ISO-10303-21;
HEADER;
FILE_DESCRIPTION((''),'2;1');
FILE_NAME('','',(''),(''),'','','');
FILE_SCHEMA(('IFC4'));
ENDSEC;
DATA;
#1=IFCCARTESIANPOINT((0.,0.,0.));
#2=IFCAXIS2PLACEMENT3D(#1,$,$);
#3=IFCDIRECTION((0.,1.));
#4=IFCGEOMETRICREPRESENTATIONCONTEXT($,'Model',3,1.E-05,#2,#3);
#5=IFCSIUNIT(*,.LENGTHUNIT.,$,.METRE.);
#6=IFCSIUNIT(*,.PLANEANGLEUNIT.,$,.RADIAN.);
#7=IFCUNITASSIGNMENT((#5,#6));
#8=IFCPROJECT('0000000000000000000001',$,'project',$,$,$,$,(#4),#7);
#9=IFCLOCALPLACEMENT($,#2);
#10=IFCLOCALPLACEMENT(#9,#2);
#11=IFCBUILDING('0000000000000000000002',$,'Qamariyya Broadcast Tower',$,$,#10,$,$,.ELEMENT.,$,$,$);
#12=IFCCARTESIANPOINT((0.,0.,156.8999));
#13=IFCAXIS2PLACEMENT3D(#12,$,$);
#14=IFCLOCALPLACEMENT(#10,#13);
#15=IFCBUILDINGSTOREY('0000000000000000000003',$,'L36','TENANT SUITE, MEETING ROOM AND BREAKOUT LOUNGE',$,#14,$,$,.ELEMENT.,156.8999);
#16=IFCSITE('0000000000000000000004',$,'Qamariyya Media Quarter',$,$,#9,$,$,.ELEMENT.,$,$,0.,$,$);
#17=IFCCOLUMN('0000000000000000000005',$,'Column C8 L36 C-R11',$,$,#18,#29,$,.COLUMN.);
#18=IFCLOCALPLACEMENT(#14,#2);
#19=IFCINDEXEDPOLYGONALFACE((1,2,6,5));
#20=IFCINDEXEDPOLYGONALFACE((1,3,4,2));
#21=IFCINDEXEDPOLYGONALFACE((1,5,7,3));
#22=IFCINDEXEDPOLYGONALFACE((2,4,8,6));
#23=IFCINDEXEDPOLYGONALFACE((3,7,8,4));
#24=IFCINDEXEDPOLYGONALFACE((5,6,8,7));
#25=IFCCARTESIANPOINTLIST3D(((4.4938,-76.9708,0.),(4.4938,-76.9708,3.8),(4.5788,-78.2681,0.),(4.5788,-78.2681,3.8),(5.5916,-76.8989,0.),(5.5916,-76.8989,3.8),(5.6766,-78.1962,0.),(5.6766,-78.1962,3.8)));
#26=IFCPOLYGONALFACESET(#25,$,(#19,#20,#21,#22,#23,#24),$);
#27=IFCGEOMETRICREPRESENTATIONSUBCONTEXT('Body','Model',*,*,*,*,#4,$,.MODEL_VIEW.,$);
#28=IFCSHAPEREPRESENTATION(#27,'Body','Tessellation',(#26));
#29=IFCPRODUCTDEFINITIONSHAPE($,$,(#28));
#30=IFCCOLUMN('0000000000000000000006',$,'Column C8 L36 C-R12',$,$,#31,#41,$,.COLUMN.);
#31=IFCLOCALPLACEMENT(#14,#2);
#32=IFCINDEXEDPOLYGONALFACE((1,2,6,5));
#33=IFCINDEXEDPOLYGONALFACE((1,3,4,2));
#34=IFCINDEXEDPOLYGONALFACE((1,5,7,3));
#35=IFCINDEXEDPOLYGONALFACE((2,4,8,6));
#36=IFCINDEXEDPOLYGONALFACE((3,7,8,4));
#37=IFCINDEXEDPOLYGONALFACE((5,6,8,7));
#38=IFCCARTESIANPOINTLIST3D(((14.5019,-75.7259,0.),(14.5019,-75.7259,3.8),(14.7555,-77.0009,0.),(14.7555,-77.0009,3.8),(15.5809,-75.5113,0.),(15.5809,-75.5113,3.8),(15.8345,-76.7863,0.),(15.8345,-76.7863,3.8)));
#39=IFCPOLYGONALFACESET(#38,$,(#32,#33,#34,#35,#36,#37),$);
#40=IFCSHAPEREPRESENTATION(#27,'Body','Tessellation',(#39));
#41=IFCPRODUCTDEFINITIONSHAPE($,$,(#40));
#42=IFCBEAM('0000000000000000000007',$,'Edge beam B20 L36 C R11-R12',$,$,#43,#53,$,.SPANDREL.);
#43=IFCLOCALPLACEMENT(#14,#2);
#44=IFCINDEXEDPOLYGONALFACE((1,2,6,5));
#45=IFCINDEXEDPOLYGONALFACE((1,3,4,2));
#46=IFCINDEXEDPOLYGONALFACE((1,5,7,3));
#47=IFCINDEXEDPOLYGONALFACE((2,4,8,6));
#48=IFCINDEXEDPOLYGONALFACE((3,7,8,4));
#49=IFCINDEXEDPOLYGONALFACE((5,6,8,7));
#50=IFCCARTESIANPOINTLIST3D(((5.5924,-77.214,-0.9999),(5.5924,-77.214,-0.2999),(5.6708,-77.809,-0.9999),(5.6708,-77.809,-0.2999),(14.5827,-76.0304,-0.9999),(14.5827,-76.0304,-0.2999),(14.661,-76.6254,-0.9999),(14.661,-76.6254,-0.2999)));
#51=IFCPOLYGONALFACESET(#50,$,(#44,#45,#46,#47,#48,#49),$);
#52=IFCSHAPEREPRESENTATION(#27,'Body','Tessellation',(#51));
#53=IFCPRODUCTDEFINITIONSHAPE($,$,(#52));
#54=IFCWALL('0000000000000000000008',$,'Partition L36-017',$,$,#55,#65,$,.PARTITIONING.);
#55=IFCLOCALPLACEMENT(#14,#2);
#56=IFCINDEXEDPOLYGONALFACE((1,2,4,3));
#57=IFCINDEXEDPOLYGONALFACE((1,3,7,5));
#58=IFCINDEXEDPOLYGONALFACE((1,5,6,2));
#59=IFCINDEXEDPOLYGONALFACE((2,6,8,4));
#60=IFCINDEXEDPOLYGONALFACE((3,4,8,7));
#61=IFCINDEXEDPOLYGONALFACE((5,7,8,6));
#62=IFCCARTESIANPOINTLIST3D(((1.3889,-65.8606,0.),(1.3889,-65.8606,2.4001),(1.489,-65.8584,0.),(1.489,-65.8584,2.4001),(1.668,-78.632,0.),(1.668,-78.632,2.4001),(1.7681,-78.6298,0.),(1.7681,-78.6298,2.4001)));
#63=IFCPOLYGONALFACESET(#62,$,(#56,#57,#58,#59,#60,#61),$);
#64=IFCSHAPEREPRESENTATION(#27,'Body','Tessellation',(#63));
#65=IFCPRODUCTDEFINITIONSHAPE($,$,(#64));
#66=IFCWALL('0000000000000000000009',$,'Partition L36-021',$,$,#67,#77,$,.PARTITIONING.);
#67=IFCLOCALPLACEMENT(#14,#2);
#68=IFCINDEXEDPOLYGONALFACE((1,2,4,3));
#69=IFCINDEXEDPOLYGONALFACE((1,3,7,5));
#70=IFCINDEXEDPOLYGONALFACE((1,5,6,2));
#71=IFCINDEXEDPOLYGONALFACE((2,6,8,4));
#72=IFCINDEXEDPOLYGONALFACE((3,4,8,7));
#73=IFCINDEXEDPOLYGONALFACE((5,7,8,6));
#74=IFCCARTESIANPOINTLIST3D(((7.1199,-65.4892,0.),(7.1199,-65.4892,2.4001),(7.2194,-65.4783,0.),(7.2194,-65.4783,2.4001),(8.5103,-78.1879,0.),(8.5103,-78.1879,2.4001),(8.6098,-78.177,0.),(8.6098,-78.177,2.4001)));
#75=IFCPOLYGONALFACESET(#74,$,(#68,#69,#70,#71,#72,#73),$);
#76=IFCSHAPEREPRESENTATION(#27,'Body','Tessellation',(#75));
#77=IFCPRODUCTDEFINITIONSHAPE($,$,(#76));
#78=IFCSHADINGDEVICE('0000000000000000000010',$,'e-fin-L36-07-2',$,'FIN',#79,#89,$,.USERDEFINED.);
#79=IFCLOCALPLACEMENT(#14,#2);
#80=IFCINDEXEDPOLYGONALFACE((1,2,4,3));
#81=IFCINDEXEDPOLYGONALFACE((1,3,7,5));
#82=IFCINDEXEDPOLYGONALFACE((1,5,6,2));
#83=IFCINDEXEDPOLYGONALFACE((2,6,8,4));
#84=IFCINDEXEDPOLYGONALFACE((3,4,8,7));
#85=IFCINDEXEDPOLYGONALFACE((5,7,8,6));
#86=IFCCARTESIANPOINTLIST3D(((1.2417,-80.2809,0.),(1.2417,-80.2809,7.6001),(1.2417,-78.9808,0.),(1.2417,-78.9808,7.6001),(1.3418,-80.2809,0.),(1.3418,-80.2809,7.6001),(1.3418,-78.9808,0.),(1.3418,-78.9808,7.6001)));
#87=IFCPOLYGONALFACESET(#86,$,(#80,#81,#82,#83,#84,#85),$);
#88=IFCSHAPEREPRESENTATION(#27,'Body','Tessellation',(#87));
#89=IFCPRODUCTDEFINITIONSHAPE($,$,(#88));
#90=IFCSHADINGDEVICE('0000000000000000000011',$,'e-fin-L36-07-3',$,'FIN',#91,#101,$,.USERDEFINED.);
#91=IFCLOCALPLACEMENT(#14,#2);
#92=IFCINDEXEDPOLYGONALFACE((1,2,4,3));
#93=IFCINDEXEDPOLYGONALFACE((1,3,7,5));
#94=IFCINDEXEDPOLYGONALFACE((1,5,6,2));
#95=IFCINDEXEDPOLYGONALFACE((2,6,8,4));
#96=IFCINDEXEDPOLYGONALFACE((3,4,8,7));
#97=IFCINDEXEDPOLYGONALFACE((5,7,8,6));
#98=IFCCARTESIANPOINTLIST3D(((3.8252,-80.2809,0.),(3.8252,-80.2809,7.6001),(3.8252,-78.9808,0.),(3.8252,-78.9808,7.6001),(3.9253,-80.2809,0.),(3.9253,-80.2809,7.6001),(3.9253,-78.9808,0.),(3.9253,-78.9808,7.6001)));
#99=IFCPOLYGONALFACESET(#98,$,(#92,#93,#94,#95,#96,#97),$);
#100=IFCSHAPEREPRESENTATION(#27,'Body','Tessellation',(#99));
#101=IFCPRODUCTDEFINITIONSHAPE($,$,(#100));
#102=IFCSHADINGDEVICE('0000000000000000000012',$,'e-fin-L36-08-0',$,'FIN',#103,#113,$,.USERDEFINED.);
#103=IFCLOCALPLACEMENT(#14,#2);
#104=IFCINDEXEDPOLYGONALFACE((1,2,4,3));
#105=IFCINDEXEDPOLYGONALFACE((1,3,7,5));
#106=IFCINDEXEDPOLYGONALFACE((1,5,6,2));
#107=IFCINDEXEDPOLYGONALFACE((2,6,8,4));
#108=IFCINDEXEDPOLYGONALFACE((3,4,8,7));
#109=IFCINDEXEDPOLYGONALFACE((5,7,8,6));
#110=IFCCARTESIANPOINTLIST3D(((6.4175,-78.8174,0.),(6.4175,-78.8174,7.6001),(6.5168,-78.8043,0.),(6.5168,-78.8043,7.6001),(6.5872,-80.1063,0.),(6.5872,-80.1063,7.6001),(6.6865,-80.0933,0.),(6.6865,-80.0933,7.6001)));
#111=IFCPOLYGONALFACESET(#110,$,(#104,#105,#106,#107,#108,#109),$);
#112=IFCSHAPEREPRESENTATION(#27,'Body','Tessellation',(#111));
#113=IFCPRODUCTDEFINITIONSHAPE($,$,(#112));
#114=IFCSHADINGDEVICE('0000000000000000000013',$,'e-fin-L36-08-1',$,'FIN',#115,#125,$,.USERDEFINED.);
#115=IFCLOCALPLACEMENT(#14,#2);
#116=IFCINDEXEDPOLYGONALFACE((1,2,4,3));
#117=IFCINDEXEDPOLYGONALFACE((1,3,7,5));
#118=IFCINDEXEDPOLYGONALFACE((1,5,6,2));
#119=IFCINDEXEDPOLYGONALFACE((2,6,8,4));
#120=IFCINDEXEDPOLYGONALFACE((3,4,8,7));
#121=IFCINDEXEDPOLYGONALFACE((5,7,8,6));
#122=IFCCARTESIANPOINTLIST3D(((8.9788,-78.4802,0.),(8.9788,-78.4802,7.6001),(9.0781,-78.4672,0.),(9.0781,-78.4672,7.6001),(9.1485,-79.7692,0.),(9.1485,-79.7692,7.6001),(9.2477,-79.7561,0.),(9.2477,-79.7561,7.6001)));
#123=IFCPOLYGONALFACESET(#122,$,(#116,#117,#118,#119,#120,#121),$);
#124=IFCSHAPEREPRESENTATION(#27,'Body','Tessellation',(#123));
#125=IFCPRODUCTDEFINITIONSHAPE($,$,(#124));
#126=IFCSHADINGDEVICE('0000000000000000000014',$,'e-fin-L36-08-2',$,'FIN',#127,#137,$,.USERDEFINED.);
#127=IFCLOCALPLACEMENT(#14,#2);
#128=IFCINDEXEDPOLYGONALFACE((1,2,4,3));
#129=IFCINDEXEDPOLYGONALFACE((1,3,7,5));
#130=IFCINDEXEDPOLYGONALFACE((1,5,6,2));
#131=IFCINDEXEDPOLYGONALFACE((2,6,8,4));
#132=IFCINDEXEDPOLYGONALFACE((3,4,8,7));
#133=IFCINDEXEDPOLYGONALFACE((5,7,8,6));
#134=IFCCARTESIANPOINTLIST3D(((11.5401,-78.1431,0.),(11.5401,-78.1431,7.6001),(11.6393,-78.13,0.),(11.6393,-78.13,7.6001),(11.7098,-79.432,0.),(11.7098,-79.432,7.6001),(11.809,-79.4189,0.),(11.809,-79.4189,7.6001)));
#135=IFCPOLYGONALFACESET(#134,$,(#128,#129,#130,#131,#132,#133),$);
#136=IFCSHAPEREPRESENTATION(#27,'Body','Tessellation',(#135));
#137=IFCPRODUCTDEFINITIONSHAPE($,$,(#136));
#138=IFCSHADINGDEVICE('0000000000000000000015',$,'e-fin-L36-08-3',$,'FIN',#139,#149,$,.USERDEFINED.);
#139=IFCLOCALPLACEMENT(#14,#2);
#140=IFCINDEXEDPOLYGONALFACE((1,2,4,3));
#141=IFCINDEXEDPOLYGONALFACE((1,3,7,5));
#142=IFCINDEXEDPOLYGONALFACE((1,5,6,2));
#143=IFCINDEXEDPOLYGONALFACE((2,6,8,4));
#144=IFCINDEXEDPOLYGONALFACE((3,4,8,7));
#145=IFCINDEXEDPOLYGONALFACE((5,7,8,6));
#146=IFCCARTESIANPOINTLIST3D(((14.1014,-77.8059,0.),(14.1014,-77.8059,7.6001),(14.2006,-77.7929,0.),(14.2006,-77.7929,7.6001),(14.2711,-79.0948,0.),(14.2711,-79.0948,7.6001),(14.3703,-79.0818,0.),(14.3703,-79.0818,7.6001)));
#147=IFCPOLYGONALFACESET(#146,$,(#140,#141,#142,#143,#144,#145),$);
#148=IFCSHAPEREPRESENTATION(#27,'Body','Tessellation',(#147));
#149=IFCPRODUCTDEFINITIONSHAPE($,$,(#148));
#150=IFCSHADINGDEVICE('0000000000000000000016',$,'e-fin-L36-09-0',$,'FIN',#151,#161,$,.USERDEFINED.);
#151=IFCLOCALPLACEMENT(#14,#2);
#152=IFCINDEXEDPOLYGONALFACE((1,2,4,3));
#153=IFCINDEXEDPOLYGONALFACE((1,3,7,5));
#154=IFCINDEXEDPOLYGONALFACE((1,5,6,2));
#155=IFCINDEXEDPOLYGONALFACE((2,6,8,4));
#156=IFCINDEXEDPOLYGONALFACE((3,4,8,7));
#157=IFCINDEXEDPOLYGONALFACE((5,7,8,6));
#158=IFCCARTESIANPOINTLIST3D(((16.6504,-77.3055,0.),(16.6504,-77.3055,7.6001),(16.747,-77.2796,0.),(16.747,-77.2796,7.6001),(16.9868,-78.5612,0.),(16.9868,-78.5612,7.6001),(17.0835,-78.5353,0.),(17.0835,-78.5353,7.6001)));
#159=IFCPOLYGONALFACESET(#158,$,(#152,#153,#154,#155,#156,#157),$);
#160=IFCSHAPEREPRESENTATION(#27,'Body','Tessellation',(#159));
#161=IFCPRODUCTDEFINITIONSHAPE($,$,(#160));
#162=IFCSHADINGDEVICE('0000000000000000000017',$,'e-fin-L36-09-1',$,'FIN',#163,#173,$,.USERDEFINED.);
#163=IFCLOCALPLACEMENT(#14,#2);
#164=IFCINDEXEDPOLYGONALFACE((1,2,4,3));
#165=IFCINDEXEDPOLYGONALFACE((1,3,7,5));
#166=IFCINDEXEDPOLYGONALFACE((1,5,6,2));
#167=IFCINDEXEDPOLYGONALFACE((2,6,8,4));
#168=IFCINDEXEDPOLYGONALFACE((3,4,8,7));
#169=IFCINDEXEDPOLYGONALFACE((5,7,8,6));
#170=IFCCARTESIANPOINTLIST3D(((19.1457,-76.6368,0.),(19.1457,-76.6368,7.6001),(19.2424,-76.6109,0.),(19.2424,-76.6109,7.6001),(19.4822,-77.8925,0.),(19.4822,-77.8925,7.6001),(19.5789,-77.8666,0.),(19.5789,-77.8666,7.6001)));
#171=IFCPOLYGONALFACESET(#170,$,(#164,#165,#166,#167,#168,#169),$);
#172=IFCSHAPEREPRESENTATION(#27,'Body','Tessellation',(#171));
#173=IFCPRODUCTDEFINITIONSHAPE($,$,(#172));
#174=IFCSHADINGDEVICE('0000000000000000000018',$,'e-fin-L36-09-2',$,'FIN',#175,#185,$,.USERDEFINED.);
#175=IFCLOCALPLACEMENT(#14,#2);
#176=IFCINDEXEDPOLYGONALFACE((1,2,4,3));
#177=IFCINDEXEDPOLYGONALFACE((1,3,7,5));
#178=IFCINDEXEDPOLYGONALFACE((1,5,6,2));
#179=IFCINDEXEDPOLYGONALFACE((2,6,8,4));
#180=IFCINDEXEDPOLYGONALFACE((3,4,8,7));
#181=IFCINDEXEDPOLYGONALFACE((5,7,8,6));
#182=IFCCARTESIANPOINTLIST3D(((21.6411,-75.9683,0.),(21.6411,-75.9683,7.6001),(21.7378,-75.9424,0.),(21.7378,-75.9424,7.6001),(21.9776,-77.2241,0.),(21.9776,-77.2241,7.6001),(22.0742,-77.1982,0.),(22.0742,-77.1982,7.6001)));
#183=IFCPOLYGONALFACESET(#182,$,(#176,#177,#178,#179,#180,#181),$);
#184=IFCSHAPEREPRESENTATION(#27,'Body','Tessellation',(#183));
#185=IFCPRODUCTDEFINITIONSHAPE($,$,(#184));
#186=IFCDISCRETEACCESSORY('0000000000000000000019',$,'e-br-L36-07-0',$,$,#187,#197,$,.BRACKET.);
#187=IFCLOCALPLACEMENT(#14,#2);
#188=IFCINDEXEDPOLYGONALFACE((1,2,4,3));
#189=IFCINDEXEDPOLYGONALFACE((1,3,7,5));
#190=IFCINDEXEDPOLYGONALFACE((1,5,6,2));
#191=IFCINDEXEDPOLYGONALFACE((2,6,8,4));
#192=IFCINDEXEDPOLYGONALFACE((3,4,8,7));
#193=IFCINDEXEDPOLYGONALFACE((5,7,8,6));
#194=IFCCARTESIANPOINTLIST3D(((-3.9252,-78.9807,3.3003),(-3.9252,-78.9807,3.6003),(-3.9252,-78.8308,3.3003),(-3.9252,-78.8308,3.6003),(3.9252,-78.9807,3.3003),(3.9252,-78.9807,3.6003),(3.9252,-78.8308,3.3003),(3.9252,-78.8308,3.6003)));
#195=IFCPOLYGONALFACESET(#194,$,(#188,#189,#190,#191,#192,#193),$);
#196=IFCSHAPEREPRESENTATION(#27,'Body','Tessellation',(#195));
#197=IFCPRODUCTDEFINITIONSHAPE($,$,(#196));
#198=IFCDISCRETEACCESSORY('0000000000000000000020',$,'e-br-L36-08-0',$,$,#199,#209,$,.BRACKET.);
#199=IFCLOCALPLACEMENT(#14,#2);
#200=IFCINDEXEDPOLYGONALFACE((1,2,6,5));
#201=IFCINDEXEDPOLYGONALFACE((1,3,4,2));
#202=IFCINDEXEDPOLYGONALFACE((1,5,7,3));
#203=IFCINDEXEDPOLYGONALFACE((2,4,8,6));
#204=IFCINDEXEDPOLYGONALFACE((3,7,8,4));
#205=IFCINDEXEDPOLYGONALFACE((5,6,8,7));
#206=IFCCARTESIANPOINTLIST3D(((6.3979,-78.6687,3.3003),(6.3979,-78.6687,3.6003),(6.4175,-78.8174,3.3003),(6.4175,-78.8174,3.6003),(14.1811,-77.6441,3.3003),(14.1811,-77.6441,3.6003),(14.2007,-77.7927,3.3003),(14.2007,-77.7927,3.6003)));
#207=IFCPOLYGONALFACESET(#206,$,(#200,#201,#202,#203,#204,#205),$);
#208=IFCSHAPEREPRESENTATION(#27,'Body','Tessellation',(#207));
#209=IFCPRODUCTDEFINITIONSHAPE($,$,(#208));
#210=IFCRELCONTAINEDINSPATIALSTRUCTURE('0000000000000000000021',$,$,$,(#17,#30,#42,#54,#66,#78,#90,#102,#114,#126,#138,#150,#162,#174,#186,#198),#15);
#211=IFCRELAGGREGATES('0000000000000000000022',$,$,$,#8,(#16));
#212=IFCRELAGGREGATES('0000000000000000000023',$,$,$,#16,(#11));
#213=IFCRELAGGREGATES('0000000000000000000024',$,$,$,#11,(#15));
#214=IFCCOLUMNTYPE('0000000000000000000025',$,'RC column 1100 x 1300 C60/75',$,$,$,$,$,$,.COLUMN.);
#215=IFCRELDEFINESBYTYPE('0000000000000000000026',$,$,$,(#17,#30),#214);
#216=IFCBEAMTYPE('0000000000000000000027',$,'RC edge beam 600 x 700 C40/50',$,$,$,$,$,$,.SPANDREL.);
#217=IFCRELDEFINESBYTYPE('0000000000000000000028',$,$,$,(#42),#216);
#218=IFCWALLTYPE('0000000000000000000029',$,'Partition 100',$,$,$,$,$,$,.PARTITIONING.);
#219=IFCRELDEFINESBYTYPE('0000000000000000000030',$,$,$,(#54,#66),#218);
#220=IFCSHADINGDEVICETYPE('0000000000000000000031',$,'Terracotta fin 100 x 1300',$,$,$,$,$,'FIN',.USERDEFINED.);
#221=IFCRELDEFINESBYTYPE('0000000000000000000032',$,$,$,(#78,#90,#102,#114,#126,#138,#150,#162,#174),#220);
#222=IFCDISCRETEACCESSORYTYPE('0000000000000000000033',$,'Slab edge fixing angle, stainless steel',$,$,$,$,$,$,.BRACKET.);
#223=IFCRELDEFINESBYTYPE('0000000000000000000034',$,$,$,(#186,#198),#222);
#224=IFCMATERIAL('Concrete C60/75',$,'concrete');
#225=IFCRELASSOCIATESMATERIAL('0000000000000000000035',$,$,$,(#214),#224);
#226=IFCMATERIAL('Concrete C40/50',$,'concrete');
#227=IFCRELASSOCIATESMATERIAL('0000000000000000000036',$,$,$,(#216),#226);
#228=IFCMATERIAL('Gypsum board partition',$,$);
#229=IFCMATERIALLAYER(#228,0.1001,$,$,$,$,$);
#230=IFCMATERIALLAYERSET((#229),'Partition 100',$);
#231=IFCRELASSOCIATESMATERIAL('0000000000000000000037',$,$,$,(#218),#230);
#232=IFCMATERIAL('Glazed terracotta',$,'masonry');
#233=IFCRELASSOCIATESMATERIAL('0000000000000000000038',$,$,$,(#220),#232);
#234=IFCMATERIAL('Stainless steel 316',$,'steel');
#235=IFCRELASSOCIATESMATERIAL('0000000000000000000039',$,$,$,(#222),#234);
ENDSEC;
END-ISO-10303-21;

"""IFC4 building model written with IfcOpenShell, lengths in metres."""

from ifc_helpers import new_model, si_unit, direction, frame, frame_2d, origin, origin_2d, place, context, subcontext, project, spatial, rectangle, extrude, material, layer, layer_set, material_profile, profile_set, type_object, element, save


model = new_model("IFC4")

# Units and contexts
model_context = context("Model", 3, precision=1e-05, world=origin(), true_north=direction((0.0, 1.0)))
body_context = subcontext(model_context, "Body", "Model", "MODEL_VIEW")
ifc_project = project(units=[si_unit("LENGTHUNIT", "METRE"), si_unit("PLANEANGLEUNIT", "RADIAN")], contexts=[model_context])

# Site, building, storey
site_placement = place(None, origin())
site = spatial("IfcSite", under=ifc_project, at=site_placement, Name="Qamariyya Media Quarter", CompositionType="ELEMENT", RefElevation=0.0)
building_placement = place(site_placement, origin())
building = spatial("IfcBuilding", under=site, at=building_placement, Name="Qamariyya Broadcast Tower", CompositionType="ELEMENT")
storey_placement = place(building_placement, frame((0.0, 0.0, 156.8999)))
storey = spatial("IfcBuildingStorey", under=building, at=storey_placement, Name="L36", Description="TENANT SUITE, MEETING ROOM AND BREAKOUT LOUNGE", CompositionType="ELEMENT", Elevation=156.8999)

# Columns
ifc_material_1 = material(Name="Concrete C60/75", Category="concrete")
ifc_material_profile_1 = material_profile(ifc_material_1, rectangle(XDim=1.1001, YDim=1.3, at=origin_2d()))
ifc_profile_set_1 = profile_set([ifc_material_profile_1], Name="Concrete C60/75")
column_type = type_object("IfcColumnType", Name="RC column 1100 x 1300 C60/75", PredefinedType="COLUMN", material=ifc_profile_set_1)
for number, where, z_axis, x_axis, name in (
    (1, (5.0852, -77.5835, 0.0), (0.0, 0.0, 1.0), (0.997859, 0.065403, 0.0), "Column C8 L36 C-R11"),
    (2, (15.1682, -76.2561, 0.0), (0.0, 0.0, 1.0), (0.980785, 0.19509, 0.0), "Column C8 L36 C-R12"),
):
    element("IfcColumn", number, at=place(storey_placement, frame(where, z_axis=z_axis, x_axis=x_axis)), inside=storey, type_object=column_type, Name=name, PredefinedType="COLUMN", context=body_context, shape_type="SweptSolid", body=[
        extrude(rectangle(XDim=1.1001, YDim=1.3, at=origin_2d()), origin(), (0.0, 0.0, 1.0), 3.8),
    ])

# Beam
ifc_material_2 = material(Name="Concrete C40/50", Category="concrete")
ifc_material_profile_2 = material_profile(ifc_material_2, rectangle(XDim=0.6001, YDim=0.7, at=origin_2d()))
ifc_profile_set_2 = profile_set([ifc_material_profile_2], Name="Concrete C40/50")
beam_type = type_object("IfcBeamType", Name="RC edge beam 600 x 700 C40/50", PredefinedType="SPANDREL", material=ifc_profile_set_2)
beam_placement = place(storey_placement, frame((5.6316, -77.5115, -0.6499), z_axis=(0.991445, 0.130527, 0.0), x_axis=(-0.130527, 0.991445, 0.0)))
element("IfcBeam", 3, at=beam_placement, inside=storey, type_object=beam_type, Name="Edge beam B20 L36 C R11-R12", PredefinedType="SPANDREL", context=body_context, shape_type="SweptSolid", body=[
    extrude(rectangle(XDim=0.6001, YDim=0.7, at=origin_2d()), origin(), (0.0, 0.0, 1.0), 9.0679),
])

# Walls
ifc_material_3 = material(Name="Gypsum board partition")
ifc_layer = layer(ifc_material_3, 0.1001)
ifc_layer_set = layer_set([ifc_layer], Name="Partition 100")
wall_type = type_object("IfcWallType", Name="Partition 100", PredefinedType="PARTITIONING", material=ifc_layer_set)
wall_1_placement = place(storey_placement, frame((1.718, -78.6309, 0.0), z_axis=(0.0, 0.0, 1.0), x_axis=(-0.021844, 0.999761, 0.0)))
element("IfcWall", 4, at=wall_1_placement, inside=storey, type_object=wall_type, Name="Partition L36-017", PredefinedType="PARTITIONING", context=body_context, shape_type="SweptSolid", body=[
    extrude(rectangle(XDim=12.7744, YDim=0.1001, at=frame_2d((6.3872, 0.0))), origin(), (0.0, 0.0, 1.0), 2.4001),
])
wall_2_placement = place(storey_placement, frame((8.5601, -78.1824, 0.0), z_axis=(0.0, 0.0, 1.0), x_axis=(-0.108839, 0.994059, 0.0)))
element("IfcWall", 5, at=wall_2_placement, inside=storey, type_object=wall_type, Name="Partition L36-021", PredefinedType="PARTITIONING", context=body_context, shape_type="SweptSolid", body=[
    extrude(rectangle(XDim=12.7747, YDim=0.1001, at=frame_2d((6.3872, 0.0))), origin(), (0.0, 0.0, 1.0), 2.4001),
])

# Shading devices
ifc_material_4 = material(Name="Glazed terracotta", Category="masonry")
ifc_material_profile_3 = material_profile(ifc_material_4, rectangle(XDim=1.3, YDim=0.1001, at=origin_2d()))
ifc_profile_set_3 = profile_set([ifc_material_profile_3], Name="Glazed terracotta")
shading_device_type_1 = type_object("IfcShadingDeviceType", Name="Terracotta fin 100 x 1300", ElementType="FIN", PredefinedType="USERDEFINED", material=ifc_profile_set_3)
for number, where, z_axis, x_axis, name in (
    (6, (1.2917, -79.6309, 0.0), (0.0, 0.0, 1.0), (0.0, -1.0, 0.0), "e-fin-L36-07-2"),
    (7, (3.8752, -79.6309, 0.0), (0.0, 0.0, 1.0), (0.0, -1.0, 0.0), "e-fin-L36-07-3"),
    (8, (6.552, -79.4553, 0.0), (0.0, 0.0, 1.0), (0.130526, -0.991445, 0.0), "e-fin-L36-08-0"),
    (9, (9.1133, -79.1182, 0.0), (0.0, 0.0, 1.0), (0.130526, -0.991445, 0.0), "e-fin-L36-08-1"),
    (10, (11.6746, -78.781, 0.0), (0.0, 0.0, 1.0), (0.130526, -0.991445, 0.0), "e-fin-L36-08-2"),
    (11, (14.2358, -78.4438, 0.0), (0.0, 0.0, 1.0), (0.130526, -0.991445, 0.0), "e-fin-L36-08-3"),
    (12, (16.8669, -77.9204, 0.0), (0.0, 0.0, 1.0), (0.258819, -0.965926, 0.0), "e-fin-L36-09-0"),
    (13, (19.3623, -77.2517, 0.0), (0.0, 0.0, 1.0), (0.258819, -0.965926, 0.0), "e-fin-L36-09-1"),
    (14, (21.8577, -76.5833, 0.0), (0.0, 0.0, 1.0), (0.258819, -0.965926, 0.0), "e-fin-L36-09-2"),
):
    element("IfcShadingDevice", number, at=place(storey_placement, frame(where, z_axis=z_axis, x_axis=x_axis)), inside=storey, type_object=shading_device_type_1, Name=name, ObjectType="FIN", PredefinedType="USERDEFINED", context=body_context, shape_type="SweptSolid", body=[
        extrude(rectangle(XDim=1.3, YDim=0.1001, at=origin_2d()), origin(), (0.0, 0.0, 1.0), 7.6001),
    ])

# Discrete accessories
ifc_material_5 = material(Name="Stainless steel 316", Category="steel")
discrete_accessory_type = type_object("IfcDiscreteAccessoryType", Name="Slab edge fixing angle, stainless steel", PredefinedType="BRACKET", material=ifc_material_5)
for number, where, z_axis, x_axis, name in (
    (15, (0.0, -78.9058, 3.3003), (0.0, 0.0, 1.0), (1.0, 0.0, 0.0), "e-br-L36-07-0"),
    (16, (10.2993, -78.2307, 3.3003), (0.0, 0.0, 1.0), (0.991445, 0.130526, 0.0), "e-br-L36-08-0"),
):
    element("IfcDiscreteAccessory", number, at=place(storey_placement, frame(where, z_axis=z_axis, x_axis=x_axis)), inside=storey, type_object=discrete_accessory_type, Name=name, PredefinedType="BRACKET", context=body_context, shape_type="SweptSolid", body=[
        extrude(rectangle(XDim=7.8503, YDim=0.1499, at=origin_2d()), origin(), (0.0, 0.0, 1.0), 0.3),
    ])

save(model, "model.ifc")
